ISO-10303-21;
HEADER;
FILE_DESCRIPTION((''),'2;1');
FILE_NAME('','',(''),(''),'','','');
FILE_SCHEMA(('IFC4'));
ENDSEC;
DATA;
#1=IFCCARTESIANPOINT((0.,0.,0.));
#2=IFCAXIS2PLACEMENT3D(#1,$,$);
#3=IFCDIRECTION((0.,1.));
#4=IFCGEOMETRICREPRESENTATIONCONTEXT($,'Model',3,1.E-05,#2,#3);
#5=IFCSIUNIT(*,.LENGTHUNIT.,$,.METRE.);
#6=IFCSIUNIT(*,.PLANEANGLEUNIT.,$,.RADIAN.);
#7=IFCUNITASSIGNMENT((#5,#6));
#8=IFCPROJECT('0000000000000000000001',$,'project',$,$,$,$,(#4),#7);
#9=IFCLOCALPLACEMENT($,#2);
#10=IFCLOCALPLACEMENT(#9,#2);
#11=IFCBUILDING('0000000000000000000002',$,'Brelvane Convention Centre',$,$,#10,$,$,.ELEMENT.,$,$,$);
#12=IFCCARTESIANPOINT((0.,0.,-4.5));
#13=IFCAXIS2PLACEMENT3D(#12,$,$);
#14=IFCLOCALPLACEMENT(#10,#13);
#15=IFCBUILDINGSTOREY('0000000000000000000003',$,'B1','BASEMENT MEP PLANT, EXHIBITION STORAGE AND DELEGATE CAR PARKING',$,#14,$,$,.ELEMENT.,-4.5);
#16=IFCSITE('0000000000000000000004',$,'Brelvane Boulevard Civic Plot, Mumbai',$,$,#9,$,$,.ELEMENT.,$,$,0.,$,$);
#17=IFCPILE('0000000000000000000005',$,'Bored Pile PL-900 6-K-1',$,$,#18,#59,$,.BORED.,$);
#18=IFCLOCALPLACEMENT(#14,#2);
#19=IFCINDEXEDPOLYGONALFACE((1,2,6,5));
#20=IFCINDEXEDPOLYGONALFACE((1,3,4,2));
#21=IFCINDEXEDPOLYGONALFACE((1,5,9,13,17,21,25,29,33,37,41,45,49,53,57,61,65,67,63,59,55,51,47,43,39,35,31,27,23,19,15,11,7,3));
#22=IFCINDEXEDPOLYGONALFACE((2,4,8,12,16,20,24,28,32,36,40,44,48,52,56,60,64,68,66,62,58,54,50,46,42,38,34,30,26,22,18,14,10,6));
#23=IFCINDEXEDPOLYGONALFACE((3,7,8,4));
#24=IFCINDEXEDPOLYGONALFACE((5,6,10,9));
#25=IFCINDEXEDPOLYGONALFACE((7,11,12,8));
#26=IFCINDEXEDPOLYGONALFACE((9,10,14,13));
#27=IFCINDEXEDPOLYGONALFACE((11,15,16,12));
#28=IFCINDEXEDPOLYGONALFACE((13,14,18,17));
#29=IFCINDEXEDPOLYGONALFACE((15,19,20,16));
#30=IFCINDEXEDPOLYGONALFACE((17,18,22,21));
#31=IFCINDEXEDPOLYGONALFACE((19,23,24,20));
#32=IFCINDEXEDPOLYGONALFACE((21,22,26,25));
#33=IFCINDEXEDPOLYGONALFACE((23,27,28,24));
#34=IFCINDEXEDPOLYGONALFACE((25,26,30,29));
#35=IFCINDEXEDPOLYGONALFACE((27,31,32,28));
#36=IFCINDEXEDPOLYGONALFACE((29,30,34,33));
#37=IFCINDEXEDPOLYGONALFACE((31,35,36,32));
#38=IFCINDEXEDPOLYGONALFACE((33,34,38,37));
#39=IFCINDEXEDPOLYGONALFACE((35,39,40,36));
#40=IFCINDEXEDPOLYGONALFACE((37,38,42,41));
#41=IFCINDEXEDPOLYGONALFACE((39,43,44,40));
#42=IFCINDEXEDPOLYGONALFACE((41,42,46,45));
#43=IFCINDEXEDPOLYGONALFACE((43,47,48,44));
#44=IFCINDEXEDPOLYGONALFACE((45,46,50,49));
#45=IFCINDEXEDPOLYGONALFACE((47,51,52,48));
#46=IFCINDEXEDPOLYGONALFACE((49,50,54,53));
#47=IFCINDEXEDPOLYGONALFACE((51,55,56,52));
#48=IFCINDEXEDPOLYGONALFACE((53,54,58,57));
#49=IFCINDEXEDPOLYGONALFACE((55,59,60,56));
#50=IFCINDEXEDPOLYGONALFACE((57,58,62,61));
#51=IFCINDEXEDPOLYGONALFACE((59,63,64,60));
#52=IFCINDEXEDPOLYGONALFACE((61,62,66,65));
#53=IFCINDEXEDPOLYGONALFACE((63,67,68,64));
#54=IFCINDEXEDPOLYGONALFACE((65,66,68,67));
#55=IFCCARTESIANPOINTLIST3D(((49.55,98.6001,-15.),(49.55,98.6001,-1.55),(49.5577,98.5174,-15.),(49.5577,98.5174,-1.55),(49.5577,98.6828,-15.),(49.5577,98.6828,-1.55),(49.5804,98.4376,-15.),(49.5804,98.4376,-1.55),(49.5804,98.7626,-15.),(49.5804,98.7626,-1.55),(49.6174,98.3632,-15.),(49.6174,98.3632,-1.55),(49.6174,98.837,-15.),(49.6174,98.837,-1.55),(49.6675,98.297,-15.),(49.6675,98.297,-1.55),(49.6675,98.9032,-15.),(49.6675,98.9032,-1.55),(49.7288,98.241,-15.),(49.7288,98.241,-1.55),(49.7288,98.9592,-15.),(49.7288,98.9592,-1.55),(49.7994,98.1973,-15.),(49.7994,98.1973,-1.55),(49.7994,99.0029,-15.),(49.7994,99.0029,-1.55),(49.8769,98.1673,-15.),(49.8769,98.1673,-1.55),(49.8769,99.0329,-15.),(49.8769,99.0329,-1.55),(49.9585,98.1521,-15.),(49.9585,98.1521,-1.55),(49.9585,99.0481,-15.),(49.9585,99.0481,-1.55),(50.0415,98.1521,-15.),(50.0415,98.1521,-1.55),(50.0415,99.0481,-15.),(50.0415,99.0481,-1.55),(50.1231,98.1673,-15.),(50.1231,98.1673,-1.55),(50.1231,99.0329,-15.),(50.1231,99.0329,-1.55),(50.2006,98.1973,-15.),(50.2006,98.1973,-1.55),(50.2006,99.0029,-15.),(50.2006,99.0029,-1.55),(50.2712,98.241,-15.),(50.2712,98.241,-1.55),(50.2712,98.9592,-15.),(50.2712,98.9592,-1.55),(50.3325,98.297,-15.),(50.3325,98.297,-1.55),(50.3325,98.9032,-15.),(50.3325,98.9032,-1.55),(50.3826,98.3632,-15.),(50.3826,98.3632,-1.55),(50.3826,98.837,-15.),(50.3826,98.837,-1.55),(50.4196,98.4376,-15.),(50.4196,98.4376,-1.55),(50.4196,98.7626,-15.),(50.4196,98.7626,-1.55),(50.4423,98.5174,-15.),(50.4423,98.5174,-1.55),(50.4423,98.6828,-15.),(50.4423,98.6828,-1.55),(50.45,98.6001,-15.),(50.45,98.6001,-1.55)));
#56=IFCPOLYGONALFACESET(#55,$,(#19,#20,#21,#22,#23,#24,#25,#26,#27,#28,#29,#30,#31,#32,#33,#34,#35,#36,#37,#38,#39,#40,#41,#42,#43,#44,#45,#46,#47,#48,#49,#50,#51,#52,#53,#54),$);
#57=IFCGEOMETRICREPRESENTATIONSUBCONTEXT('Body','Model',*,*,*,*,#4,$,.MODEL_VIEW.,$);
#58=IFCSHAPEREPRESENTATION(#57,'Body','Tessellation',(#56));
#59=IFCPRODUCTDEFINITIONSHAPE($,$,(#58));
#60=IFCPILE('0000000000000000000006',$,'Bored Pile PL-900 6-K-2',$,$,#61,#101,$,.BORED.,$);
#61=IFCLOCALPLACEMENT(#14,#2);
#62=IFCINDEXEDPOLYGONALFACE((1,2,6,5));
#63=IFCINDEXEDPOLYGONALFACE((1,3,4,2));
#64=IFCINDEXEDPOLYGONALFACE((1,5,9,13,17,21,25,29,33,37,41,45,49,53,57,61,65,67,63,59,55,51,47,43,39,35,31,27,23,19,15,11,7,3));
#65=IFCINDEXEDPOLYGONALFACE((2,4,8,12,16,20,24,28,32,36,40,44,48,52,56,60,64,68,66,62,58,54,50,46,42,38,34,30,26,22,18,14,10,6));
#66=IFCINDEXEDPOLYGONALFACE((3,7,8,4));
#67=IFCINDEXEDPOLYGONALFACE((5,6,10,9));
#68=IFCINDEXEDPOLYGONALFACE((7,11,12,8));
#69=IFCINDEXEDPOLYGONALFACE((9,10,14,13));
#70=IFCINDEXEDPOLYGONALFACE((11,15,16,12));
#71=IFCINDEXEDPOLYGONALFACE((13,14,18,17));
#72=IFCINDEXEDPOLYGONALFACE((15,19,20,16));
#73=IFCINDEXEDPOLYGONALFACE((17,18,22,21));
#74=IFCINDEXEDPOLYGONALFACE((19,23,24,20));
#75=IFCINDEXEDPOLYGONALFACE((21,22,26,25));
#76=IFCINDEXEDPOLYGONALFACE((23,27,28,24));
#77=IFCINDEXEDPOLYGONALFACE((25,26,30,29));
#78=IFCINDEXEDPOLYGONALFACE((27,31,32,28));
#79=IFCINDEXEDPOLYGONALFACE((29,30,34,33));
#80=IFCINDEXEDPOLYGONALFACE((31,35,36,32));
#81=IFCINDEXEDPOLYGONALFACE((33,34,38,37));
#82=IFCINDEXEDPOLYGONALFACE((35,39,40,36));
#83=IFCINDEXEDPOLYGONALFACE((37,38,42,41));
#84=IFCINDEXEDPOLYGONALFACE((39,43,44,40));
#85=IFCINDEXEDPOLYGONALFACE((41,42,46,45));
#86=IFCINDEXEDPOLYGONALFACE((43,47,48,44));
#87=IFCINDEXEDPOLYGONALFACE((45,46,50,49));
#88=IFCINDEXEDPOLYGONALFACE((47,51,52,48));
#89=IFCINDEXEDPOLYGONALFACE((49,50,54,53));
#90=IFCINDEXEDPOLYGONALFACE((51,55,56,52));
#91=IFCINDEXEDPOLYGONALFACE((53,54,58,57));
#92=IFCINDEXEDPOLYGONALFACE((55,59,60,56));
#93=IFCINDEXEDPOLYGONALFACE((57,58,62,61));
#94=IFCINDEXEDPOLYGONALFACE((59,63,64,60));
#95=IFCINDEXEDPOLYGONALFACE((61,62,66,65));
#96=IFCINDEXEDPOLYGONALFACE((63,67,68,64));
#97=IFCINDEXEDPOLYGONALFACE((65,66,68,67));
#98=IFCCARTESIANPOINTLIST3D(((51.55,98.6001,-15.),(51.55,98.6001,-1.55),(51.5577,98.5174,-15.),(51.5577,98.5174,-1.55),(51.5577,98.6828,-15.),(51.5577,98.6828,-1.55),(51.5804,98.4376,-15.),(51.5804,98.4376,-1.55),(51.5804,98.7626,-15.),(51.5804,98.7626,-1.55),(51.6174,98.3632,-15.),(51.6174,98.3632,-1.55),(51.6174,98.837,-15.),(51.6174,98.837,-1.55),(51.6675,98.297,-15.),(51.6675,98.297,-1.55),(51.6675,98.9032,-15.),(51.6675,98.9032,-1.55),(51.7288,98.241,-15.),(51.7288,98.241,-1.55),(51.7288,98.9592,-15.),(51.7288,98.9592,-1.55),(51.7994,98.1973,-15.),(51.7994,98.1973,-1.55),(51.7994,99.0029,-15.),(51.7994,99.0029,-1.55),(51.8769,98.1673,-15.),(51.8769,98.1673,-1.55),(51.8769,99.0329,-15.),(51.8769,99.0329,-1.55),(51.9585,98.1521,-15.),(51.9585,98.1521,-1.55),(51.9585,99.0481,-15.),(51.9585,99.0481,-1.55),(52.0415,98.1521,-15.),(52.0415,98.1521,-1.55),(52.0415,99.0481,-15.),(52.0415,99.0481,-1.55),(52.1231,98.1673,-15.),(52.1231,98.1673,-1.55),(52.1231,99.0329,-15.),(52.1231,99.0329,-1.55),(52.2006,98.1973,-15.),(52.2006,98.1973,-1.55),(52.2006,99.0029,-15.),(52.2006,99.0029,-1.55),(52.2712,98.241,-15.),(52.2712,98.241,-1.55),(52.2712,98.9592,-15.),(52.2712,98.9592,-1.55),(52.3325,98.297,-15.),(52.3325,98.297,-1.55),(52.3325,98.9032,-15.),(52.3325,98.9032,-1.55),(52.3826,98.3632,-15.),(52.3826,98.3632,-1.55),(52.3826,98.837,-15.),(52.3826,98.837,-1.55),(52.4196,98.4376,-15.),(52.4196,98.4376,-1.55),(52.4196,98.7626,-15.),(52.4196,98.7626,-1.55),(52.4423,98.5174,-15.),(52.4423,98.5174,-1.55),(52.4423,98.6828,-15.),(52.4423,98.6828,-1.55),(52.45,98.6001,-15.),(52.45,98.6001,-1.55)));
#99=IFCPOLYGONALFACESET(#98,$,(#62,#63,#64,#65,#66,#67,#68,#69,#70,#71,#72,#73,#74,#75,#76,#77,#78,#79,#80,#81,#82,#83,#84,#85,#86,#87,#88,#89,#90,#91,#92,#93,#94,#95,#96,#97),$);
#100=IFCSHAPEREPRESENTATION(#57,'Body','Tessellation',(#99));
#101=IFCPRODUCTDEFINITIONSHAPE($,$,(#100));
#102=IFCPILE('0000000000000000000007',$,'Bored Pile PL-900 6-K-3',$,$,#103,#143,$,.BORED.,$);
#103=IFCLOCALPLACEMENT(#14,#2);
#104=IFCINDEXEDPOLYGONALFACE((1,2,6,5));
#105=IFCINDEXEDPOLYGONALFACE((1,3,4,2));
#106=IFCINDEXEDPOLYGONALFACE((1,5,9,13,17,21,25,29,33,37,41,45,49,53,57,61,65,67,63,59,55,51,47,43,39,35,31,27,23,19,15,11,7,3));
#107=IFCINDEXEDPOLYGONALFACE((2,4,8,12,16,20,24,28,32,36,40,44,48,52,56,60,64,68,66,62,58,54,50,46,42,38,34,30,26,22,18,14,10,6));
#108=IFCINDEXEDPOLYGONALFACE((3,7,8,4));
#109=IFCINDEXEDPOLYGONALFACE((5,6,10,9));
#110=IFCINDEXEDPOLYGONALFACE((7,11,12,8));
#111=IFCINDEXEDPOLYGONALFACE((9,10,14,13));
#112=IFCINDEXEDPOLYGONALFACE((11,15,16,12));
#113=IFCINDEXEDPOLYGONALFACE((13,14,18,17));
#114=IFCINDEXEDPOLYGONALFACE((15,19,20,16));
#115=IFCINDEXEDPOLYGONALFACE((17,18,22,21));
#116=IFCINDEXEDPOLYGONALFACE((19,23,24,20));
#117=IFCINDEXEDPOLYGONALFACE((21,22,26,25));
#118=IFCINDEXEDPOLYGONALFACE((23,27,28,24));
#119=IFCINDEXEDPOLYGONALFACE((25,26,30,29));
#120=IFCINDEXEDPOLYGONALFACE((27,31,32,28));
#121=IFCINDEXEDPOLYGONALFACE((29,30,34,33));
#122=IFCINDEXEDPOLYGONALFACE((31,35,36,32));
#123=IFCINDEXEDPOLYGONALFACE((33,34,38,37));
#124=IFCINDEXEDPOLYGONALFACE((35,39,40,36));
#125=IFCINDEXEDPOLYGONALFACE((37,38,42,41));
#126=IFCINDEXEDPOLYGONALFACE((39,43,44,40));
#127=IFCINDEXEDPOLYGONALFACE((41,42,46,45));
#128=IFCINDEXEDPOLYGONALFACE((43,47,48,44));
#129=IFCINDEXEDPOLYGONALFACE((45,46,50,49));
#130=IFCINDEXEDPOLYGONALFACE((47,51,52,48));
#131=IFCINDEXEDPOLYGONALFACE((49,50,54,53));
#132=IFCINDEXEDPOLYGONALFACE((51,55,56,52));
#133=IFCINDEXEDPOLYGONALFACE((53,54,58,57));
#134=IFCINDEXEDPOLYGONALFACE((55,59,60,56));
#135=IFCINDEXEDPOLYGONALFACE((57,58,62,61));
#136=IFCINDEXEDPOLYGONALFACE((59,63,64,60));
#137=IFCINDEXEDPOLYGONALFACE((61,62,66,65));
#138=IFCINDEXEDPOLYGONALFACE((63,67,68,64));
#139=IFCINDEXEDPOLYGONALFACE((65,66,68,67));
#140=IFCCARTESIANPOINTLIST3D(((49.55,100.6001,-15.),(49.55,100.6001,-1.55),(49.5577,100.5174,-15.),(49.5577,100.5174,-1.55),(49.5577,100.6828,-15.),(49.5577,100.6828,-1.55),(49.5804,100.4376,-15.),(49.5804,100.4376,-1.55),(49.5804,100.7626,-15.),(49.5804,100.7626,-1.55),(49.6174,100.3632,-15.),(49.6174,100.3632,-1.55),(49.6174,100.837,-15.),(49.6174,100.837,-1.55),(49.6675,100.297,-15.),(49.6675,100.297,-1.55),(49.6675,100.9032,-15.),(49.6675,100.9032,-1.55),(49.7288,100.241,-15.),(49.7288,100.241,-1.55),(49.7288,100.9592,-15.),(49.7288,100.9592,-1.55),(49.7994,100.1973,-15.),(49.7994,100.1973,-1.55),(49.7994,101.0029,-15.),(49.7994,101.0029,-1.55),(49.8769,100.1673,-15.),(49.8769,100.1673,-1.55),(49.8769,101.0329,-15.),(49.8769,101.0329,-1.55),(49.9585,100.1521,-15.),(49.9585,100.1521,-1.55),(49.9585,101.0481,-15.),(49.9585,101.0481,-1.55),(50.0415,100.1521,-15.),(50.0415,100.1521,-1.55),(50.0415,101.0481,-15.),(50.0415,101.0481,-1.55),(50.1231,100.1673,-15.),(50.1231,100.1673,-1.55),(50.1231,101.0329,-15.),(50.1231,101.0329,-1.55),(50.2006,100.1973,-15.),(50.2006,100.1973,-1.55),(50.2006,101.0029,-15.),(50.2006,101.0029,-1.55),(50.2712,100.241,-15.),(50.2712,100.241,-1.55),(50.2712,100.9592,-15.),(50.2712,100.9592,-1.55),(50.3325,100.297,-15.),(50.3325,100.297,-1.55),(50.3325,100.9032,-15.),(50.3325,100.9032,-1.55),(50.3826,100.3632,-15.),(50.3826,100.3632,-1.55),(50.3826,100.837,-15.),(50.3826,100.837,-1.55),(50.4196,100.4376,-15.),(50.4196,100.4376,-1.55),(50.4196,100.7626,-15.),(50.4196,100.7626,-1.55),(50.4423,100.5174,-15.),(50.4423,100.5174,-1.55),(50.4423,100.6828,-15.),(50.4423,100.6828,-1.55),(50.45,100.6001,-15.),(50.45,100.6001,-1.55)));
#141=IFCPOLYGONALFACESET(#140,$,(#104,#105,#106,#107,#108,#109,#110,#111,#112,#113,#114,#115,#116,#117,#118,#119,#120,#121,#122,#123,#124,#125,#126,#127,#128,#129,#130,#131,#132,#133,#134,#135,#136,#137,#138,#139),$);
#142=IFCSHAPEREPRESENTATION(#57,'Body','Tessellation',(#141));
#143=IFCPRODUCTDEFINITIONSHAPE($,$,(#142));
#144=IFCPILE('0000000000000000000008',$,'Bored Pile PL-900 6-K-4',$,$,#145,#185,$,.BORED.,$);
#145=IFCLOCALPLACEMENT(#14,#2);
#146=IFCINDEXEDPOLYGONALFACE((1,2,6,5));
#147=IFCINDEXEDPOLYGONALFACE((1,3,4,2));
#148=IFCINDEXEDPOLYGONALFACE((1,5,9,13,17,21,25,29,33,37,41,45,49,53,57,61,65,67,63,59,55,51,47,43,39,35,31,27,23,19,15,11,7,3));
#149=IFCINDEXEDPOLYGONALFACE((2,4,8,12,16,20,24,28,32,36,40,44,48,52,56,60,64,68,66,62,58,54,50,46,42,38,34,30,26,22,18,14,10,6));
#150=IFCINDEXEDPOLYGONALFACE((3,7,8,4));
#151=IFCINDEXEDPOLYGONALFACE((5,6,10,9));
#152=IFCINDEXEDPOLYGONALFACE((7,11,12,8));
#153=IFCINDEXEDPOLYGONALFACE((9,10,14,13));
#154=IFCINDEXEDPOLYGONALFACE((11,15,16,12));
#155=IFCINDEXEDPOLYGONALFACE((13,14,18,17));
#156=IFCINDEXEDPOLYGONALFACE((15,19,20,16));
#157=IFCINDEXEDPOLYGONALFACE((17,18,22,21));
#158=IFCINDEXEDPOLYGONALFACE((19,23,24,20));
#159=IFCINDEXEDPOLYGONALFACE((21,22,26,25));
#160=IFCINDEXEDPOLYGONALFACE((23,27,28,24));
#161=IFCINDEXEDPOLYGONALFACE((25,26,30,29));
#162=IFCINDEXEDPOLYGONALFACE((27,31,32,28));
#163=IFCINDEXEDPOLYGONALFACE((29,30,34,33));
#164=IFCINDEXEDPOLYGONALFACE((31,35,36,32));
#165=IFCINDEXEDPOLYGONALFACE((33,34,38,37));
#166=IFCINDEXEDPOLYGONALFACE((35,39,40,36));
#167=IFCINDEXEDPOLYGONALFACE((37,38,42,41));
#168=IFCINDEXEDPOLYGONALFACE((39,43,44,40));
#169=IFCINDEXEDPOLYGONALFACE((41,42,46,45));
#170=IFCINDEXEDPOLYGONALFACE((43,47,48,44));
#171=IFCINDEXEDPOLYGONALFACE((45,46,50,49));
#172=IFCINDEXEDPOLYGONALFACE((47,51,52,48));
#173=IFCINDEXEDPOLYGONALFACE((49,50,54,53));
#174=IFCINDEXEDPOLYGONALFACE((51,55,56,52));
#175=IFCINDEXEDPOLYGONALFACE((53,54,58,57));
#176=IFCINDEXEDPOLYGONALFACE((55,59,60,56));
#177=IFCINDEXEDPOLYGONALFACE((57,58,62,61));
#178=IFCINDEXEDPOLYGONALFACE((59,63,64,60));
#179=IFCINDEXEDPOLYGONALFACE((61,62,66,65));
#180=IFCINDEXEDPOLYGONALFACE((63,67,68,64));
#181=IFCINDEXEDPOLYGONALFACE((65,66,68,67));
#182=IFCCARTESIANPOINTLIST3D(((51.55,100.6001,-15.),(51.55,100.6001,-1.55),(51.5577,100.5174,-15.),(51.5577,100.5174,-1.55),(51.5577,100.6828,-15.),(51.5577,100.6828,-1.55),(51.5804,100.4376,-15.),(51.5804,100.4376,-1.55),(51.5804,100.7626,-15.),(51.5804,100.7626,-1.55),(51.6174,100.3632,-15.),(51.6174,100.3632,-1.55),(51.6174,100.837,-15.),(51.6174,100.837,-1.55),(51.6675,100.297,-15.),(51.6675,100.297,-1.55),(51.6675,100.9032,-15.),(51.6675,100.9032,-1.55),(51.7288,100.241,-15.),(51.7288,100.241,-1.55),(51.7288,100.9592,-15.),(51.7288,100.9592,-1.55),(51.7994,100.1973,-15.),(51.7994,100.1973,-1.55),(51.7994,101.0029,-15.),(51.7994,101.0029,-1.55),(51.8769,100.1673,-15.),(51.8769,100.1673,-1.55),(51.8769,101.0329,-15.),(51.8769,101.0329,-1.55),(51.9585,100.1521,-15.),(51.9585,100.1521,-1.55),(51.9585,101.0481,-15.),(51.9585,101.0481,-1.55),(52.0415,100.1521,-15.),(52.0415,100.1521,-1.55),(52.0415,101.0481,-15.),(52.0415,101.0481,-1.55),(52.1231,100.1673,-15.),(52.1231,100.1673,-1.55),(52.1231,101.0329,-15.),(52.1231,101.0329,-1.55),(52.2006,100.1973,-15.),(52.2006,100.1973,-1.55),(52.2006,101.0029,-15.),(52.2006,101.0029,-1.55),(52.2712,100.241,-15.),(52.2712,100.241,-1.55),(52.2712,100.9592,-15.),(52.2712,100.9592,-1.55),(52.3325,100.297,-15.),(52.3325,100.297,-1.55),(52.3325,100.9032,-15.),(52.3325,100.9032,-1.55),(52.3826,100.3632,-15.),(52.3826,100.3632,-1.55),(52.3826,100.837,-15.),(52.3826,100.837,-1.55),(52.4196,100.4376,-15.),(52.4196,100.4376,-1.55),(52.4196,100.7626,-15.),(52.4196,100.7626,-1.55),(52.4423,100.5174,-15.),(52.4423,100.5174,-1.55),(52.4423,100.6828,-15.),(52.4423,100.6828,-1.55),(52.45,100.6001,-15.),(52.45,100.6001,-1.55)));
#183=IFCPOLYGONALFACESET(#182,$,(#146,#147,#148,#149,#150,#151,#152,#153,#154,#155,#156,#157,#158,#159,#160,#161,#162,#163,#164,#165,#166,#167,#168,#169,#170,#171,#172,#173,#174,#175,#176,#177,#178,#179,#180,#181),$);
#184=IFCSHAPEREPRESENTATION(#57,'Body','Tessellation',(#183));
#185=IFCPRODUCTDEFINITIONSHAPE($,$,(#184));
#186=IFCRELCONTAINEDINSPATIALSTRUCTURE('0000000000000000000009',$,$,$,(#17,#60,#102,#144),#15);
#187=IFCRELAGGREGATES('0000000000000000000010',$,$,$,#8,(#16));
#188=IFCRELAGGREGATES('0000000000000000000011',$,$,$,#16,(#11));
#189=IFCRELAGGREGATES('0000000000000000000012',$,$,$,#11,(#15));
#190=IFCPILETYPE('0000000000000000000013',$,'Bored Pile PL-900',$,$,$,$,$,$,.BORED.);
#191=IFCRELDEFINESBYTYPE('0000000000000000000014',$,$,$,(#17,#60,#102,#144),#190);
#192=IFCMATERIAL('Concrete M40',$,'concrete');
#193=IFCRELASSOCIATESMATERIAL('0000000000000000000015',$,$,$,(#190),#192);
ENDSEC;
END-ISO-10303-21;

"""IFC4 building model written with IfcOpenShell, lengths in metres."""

from ifc_helpers import new_model, si_unit, direction, frame, origin, origin_2d, place, context, subcontext, project, spatial, circle, extrude, material, material_profile, profile_set, type_object, element, save


model = new_model("IFC4")

# Units and contexts
model_context = context("Model", 3, precision=1e-05, world=origin(), true_north=direction((0.0, 1.0)))
body_context = subcontext(model_context, "Body", "Model", "MODEL_VIEW")
ifc_project = project(units=[si_unit("LENGTHUNIT", "METRE"), si_unit("PLANEANGLEUNIT", "RADIAN")], contexts=[model_context])

# Site, building, storey
site_placement = place(None, origin())
site = spatial("IfcSite", under=ifc_project, at=site_placement, Name="Brelvane Boulevard Civic Plot, Mumbai", CompositionType="ELEMENT", RefElevation=0.0)
building_placement = place(site_placement, origin())
building = spatial("IfcBuilding", under=site, at=building_placement, Name="Brelvane Convention Centre", CompositionType="ELEMENT")
storey_placement = place(building_placement, frame((0.0, 0.0, -4.5)))
storey = spatial("IfcBuildingStorey", under=building, at=storey_placement, Name="B1", Description="BASEMENT MEP PLANT, EXHIBITION STORAGE AND DELEGATE CAR PARKING", CompositionType="ELEMENT", Elevation=-4.5)

# Piles
ifc_material_1 = material(Name="Concrete M40", Category="concrete")
ifc_material_profile_1 = material_profile(ifc_material_1, circle(Radius=0.45, at=origin_2d()), Name="PILE D900")
ifc_profile_set_1 = profile_set([ifc_material_profile_1], Name="Concrete M40")
pile_type = type_object("IfcPileType", Name="Bored Pile PL-900", PredefinedType="BORED", material=ifc_profile_set_1)
for number, where, z_axis, x_axis, name in (
    (1, (50.0, 98.6001, -1.55), (0.0, 0.0, -1.0), (1.0, 0.0, 0.0), "Bored Pile PL-900 6-K-1"),
    (2, (52.0, 98.6001, -1.55), (0.0, 0.0, -1.0), (1.0, 0.0, 0.0), "Bored Pile PL-900 6-K-2"),
    (3, (50.0, 100.6001, -1.55), (0.0, 0.0, -1.0), (1.0, 0.0, 0.0), "Bored Pile PL-900 6-K-3"),
    (4, (52.0, 100.6001, -1.55), (0.0, 0.0, -1.0), (1.0, 0.0, 0.0), "Bored Pile PL-900 6-K-4"),
):
    element("IfcPile", number, at=place(storey_placement, frame(where, z_axis=z_axis, x_axis=x_axis)), inside=storey, type_object=pile_type, Name=name, PredefinedType="BORED", context=body_context, shape_type="SweptSolid", body=[
        extrude(circle(Radius=0.45, at=origin_2d()), origin(), (0.0, 0.0, 1.0), 13.45),
    ])

save(model, "model.ifc")
